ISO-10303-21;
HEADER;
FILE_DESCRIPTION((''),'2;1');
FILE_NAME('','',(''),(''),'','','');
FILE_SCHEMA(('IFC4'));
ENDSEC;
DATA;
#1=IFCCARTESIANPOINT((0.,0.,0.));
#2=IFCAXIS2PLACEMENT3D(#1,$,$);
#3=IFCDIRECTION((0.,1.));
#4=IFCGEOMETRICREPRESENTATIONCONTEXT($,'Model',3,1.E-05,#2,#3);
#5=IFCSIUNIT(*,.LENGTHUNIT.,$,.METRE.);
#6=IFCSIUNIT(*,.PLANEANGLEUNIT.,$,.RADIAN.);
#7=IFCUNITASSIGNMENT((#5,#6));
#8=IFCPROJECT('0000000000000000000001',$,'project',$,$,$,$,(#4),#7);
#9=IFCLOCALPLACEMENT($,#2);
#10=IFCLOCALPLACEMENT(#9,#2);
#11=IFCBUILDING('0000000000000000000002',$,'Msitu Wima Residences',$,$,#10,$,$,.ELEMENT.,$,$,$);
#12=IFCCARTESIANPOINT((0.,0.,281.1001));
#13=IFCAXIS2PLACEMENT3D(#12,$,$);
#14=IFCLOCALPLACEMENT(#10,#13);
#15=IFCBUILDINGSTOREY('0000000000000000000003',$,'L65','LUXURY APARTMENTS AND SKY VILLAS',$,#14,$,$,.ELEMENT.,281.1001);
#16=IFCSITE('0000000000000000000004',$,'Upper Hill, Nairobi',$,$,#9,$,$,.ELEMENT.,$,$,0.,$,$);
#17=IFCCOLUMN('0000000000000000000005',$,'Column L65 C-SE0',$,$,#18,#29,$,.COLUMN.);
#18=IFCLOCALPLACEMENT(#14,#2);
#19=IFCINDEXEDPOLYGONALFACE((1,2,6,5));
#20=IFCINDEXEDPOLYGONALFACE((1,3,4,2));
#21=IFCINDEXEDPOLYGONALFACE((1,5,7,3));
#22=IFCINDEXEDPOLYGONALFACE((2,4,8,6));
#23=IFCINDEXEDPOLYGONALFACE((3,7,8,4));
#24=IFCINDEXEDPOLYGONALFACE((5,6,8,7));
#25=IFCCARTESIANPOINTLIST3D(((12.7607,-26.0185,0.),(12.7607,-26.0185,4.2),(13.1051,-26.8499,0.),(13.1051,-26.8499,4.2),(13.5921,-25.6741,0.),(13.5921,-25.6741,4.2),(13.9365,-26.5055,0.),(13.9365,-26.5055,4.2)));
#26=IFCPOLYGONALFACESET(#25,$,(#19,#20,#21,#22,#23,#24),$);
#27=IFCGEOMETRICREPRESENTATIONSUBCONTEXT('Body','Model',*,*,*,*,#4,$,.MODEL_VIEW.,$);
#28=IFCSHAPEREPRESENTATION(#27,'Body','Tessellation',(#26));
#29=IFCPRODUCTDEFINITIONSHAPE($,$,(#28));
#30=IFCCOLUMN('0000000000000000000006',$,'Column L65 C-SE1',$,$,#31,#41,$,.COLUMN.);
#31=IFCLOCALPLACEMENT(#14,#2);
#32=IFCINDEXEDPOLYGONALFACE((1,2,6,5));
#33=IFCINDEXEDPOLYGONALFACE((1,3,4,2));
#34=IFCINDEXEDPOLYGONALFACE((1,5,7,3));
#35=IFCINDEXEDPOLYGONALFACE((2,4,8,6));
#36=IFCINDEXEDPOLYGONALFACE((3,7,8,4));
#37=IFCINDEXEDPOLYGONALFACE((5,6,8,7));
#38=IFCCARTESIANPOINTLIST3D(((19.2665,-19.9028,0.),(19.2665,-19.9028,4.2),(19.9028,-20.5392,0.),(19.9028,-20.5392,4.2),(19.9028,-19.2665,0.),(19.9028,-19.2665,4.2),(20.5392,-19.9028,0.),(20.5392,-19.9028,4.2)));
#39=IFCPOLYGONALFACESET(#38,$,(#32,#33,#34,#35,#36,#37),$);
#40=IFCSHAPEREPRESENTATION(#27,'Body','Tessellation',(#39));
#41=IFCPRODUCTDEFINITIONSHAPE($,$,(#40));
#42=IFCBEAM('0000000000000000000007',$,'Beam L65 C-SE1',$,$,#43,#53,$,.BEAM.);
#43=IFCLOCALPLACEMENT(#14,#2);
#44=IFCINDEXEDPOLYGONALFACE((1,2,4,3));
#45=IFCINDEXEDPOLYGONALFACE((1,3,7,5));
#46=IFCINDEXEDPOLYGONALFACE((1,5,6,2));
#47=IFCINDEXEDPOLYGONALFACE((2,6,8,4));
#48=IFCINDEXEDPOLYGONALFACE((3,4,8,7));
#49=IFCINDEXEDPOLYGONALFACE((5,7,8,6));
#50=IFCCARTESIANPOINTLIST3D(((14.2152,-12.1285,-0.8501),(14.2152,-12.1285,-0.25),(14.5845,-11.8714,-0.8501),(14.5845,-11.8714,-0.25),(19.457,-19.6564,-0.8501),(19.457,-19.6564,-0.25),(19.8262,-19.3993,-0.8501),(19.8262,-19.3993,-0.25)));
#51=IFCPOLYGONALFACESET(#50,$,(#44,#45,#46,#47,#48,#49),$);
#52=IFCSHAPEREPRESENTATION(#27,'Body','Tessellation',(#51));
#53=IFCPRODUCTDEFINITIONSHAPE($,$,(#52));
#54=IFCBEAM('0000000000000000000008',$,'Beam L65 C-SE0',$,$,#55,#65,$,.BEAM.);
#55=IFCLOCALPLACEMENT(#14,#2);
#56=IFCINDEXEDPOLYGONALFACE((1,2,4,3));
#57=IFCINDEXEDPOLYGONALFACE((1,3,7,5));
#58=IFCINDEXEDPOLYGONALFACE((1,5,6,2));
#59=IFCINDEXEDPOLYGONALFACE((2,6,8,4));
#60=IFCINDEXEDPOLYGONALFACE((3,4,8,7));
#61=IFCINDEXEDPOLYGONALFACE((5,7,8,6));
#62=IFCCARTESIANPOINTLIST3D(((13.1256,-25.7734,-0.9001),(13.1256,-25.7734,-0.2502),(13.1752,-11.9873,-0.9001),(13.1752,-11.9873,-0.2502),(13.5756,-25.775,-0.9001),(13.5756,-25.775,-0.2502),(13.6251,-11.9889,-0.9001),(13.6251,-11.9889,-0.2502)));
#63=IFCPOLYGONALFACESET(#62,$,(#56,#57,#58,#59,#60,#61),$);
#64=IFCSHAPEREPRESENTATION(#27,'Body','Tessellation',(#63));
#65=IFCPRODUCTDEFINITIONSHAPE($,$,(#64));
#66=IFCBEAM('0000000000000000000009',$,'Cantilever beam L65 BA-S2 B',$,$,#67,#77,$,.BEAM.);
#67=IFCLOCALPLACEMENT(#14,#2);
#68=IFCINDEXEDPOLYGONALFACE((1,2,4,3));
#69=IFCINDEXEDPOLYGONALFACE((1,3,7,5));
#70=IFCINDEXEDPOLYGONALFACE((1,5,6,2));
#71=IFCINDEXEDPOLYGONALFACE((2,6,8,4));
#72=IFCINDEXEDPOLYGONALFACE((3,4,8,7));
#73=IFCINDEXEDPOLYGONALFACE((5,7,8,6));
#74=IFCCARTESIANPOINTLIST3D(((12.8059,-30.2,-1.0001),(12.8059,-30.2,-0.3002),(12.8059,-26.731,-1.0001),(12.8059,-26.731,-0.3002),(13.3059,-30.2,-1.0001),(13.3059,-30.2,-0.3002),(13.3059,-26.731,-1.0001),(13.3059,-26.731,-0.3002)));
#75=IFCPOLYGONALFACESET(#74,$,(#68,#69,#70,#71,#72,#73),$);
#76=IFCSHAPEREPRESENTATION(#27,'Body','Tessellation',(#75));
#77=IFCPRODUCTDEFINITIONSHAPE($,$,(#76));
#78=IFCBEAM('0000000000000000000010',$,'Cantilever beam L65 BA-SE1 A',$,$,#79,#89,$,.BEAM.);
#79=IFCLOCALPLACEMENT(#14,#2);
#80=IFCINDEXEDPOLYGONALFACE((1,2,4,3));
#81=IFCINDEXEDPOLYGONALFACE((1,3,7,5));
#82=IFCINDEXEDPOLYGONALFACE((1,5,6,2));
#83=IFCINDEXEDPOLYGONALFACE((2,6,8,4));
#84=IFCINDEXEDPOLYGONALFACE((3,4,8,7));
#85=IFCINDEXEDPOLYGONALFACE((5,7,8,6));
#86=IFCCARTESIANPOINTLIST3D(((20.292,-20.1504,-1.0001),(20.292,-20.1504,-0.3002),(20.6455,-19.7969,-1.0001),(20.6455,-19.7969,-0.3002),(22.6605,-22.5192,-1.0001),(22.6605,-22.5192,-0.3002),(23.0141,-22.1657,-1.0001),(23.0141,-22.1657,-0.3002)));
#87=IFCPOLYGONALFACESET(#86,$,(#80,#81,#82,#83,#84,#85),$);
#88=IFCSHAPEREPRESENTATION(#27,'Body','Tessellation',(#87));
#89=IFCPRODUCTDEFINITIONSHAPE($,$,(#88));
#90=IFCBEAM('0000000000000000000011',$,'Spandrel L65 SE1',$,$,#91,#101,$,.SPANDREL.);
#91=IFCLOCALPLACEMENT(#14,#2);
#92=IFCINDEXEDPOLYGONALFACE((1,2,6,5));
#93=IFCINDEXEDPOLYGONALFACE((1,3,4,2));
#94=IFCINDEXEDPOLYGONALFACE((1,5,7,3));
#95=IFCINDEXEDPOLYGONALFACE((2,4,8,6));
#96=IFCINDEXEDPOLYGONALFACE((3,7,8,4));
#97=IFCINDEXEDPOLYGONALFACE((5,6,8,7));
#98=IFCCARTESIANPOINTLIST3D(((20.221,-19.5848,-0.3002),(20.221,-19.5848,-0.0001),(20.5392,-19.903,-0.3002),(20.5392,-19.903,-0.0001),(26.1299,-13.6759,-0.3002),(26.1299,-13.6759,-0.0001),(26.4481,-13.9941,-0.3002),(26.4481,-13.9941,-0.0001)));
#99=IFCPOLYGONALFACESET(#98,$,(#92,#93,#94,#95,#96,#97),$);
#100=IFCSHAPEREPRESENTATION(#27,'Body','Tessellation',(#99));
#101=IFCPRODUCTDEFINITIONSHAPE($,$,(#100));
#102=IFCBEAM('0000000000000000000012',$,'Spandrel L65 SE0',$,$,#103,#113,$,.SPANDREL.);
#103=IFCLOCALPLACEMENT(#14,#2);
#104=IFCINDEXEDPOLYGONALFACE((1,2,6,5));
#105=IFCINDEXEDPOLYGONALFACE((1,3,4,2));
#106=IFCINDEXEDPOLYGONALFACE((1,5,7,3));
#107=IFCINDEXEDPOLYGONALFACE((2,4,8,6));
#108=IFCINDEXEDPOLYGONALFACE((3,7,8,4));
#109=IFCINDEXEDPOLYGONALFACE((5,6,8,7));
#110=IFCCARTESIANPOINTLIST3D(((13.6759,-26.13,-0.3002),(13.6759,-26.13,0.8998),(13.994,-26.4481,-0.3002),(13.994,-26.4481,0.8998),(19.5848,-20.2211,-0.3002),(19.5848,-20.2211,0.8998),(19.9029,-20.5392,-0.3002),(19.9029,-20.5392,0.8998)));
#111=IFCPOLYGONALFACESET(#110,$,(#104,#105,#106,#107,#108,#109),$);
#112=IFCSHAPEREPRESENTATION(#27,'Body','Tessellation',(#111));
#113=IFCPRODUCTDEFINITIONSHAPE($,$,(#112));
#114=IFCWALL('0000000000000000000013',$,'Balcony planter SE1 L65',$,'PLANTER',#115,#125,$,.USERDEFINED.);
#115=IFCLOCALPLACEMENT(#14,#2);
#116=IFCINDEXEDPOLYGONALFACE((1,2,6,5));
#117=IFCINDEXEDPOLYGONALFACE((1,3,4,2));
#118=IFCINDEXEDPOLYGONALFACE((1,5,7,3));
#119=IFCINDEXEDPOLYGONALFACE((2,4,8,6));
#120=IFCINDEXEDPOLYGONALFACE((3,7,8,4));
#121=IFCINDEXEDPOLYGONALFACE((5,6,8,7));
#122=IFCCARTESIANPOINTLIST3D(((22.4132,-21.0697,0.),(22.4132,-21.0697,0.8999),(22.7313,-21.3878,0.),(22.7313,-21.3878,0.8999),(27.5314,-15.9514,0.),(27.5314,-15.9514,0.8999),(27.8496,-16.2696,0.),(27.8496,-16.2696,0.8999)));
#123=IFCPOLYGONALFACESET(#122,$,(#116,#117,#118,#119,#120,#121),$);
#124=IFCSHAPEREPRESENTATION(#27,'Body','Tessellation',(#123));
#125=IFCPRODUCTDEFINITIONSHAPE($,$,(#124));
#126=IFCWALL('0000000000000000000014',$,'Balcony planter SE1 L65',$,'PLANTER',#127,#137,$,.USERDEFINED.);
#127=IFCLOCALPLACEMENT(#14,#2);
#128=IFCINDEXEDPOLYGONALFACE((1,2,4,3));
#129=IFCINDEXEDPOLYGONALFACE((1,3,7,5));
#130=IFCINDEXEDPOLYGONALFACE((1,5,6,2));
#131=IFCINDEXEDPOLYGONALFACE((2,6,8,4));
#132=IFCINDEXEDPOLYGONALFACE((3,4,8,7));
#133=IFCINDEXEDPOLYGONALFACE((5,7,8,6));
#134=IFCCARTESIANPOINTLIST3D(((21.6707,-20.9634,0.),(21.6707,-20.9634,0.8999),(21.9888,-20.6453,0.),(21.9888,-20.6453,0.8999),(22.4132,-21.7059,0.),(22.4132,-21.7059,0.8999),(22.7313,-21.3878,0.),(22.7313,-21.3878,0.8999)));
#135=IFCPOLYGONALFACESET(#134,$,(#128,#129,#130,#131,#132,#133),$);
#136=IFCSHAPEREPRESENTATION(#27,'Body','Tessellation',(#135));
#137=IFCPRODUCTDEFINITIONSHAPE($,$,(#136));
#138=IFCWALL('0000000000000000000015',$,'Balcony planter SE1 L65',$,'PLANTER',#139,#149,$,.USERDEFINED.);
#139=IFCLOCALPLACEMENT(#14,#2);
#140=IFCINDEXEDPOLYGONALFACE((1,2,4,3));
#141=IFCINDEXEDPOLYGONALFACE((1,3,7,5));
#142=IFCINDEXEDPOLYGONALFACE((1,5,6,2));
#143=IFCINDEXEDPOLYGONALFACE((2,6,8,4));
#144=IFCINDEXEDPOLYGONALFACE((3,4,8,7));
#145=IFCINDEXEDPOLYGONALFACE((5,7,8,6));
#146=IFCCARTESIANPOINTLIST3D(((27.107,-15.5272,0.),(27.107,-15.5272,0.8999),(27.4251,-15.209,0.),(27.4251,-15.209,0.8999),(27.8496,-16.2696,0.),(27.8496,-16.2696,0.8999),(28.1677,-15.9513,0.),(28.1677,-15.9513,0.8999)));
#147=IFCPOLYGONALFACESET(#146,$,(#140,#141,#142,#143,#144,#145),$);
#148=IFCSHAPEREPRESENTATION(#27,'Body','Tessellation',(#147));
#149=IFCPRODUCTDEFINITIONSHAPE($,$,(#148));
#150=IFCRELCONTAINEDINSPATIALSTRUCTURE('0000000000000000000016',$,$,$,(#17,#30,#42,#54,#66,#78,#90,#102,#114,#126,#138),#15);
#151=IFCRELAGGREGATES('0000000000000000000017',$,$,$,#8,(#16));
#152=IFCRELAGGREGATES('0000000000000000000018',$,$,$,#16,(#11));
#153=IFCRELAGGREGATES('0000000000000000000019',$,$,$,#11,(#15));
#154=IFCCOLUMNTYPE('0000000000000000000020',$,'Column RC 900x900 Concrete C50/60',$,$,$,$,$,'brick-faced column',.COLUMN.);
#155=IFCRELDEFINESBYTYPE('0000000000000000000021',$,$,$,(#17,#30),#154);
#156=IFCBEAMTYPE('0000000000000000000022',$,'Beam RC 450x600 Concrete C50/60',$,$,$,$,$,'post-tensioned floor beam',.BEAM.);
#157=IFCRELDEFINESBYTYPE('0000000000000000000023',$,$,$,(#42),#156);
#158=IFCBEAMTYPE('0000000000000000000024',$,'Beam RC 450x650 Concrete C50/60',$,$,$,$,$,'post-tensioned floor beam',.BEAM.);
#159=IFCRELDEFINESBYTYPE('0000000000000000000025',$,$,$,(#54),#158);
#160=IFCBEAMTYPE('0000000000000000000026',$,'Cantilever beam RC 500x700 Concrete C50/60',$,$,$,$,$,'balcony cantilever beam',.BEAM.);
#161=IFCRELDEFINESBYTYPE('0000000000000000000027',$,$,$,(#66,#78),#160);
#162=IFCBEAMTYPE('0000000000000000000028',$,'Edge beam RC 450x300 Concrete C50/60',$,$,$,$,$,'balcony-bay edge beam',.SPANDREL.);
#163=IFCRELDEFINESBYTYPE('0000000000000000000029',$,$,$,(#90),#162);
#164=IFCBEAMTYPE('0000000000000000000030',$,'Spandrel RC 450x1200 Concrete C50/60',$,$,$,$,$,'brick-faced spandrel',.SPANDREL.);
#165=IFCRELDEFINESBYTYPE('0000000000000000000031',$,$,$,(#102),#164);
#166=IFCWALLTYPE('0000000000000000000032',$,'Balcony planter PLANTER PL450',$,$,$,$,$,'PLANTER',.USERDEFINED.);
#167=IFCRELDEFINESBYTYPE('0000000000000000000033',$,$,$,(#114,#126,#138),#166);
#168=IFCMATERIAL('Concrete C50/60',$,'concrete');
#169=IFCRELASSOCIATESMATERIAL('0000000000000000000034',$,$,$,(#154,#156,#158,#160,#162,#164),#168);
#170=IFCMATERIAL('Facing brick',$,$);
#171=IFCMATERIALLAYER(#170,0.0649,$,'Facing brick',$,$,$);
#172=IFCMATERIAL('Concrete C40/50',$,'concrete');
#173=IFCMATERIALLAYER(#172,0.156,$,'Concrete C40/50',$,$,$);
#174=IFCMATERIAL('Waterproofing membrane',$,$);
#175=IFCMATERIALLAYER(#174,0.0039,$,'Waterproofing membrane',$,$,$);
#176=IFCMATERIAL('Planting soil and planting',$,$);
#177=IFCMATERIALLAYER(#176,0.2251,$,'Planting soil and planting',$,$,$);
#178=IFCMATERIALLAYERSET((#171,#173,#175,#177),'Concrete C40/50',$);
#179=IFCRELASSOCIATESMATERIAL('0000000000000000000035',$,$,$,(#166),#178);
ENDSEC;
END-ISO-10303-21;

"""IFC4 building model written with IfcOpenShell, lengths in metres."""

from ifc_helpers import new_model, si_unit, direction, frame, frame_2d, origin, origin_2d, place, context, subcontext, project, spatial, rectangle, extrude, material, layer, layer_set, material_profile, profile_set, type_object, element, save


model = new_model("IFC4")

# Units and contexts
model_context = context("Model", 3, precision=1e-05, world=origin(), true_north=direction((0.0, 1.0)))
body_context = subcontext(model_context, "Body", "Model", "MODEL_VIEW")
ifc_project = project(units=[si_unit("LENGTHUNIT", "METRE"), si_unit("PLANEANGLEUNIT", "RADIAN")], contexts=[model_context])

# Site, building, storey
site_placement = place(None, origin())
site = spatial("IfcSite", under=ifc_project, at=site_placement, Name="Upper Hill, Nairobi", CompositionType="ELEMENT", RefElevation=0.0)
building_placement = place(site_placement, origin())
building = spatial("IfcBuilding", under=site, at=building_placement, Name="Msitu Wima Residences", CompositionType="ELEMENT")
storey_placement = place(building_placement, frame((0.0, 0.0, 281.1001)))
storey = spatial("IfcBuildingStorey", under=building, at=storey_placement, Name="L65", Description="LUXURY APARTMENTS AND SKY VILLAS", CompositionType="ELEMENT", Elevation=281.1001)

# Columns
ifc_material_1 = material(Name="Concrete C50/60", Category="concrete")
ifc_material_profile_1 = material_profile(ifc_material_1, rectangle(XDim=0.8999, YDim=0.8999, at=origin_2d()), Name="RC 900x900")
ifc_profile_set_1 = profile_set([ifc_material_profile_1], Name="Concrete C50/60")
column_type = type_object("IfcColumnType", Name="Column RC 900x900 Concrete C50/60", ElementType="brick-faced column", PredefinedType="COLUMN", material=ifc_profile_set_1)
for number, where, z_axis, x_axis, name in (
    (1, (13.3486, -26.262, 0.0), (0.0, 0.0, 1.0), (0.92388, 0.382683, 0.0), "Column L65 C-SE0"),
    (2, (19.9028, -19.9028, 0.0), (0.0, 0.0, 1.0), (0.707107, 0.707107, 0.0), "Column L65 C-SE1"),
):
    element("IfcColumn", number, at=place(storey_placement, frame(where, z_axis=z_axis, x_axis=x_axis)), inside=storey, type_object=column_type, Name=name, PredefinedType="COLUMN", context=body_context, shape_type="SweptSolid", body=[
        extrude(rectangle(XDim=0.8999, YDim=0.8999, at=origin_2d()), origin(), (0.0, 0.0, 1.0), 4.2),
    ])

# Beams
ifc_material_profile_2 = material_profile(ifc_material_1, rectangle(XDim=0.45, YDim=0.6001, at=origin_2d()), Name="RC 450x600")
ifc_profile_set_2 = profile_set([ifc_material_profile_2], Name="Concrete C50/60")
beam_type_1 = type_object("IfcBeamType", Name="Beam RC 450x600 Concrete C50/60", ElementType="post-tensioned floor beam", PredefinedType="BEAM", material=ifc_profile_set_2)
beam_1_placement = place(storey_placement, frame((19.6416, -19.5278, -0.55), z_axis=(-0.571428, 0.820652, 0.0), x_axis=(-0.820652, -0.571428, 0.0)))
element("IfcBeam", 3, at=beam_1_placement, inside=storey, type_object=beam_type_1, Name="Beam L65 C-SE1", PredefinedType="BEAM", context=body_context, shape_type="SweptSolid", body=[
    extrude(rectangle(XDim=0.45, YDim=0.6001, at=origin_2d()), origin(), (0.0, 0.0, 1.0), 9.1731),
])
ifc_material_profile_3 = material_profile(ifc_material_1, rectangle(XDim=0.45, YDim=0.6499, at=origin_2d()), Name="RC 450x650")
ifc_profile_set_3 = profile_set([ifc_material_profile_3], Name="Concrete C50/60")
beam_type_2 = type_object("IfcBeamType", Name="Beam RC 450x650 Concrete C50/60", ElementType="post-tensioned floor beam", PredefinedType="BEAM", material=ifc_profile_set_3)
beam_2_placement = place(storey_placement, frame((13.3506, -25.7742, -0.5752), z_axis=(0.003595, 0.999994, 0.0), x_axis=(-0.999994, 0.003595, 0.0)))
element("IfcBeam", 4, at=beam_2_placement, inside=storey, type_object=beam_type_2, Name="Beam L65 C-SE0", PredefinedType="BEAM", context=body_context, shape_type="SweptSolid", body=[
    extrude(rectangle(XDim=0.45, YDim=0.6499, at=origin_2d()), origin(), (0.0, 0.0, 1.0), 13.7861),
])
ifc_material_profile_4 = material_profile(ifc_material_1, rectangle(XDim=0.5, YDim=0.7, at=origin_2d()), Name="RC 500x700")
ifc_profile_set_4 = profile_set([ifc_material_profile_4], Name="Concrete C50/60")
beam_type_3 = type_object("IfcBeamType", Name="Cantilever beam RC 500x700 Concrete C50/60", ElementType="balcony cantilever beam", PredefinedType="BEAM", material=ifc_profile_set_4)
beam_3_placement = place(storey_placement, frame((13.0559, -26.731, -0.6501), z_axis=(0.0, -1.0, 0.0), x_axis=(1.0, 0.0, 0.0)))
element("IfcBeam", 5, at=beam_3_placement, inside=storey, type_object=beam_type_3, Name="Cantilever beam L65 BA-S2 B", PredefinedType="BEAM", context=body_context, shape_type="SweptSolid", body=[
    extrude(rectangle(XDim=0.5, YDim=0.7, at=origin_2d()), origin(), (0.0, 0.0, 1.0), 3.469),
])
beam_4_placement = place(storey_placement, frame((20.4688, -19.9736, -0.6501), z_axis=(0.70707, -0.707143, 0.0), x_axis=(0.707143, 0.70707, 0.0)))
element("IfcBeam", 6, at=beam_4_placement, inside=storey, type_object=beam_type_3, Name="Cantilever beam L65 BA-SE1 A", PredefinedType="BEAM", context=body_context, shape_type="SweptSolid", body=[
    extrude(rectangle(XDim=0.5, YDim=0.7, at=origin_2d()), origin(), (0.0, 0.0, 1.0), 3.3499),
])
ifc_material_profile_5 = material_profile(ifc_material_1, rectangle(XDim=0.45, YDim=0.3, at=origin_2d()), Name="RC 450x300")
ifc_profile_set_5 = profile_set([ifc_material_profile_5], Name="Concrete C50/60")
beam_type_4 = type_object("IfcBeamType", Name="Edge beam RC 450x300 Concrete C50/60", ElementType="balcony-bay edge beam", PredefinedType="SPANDREL", material=ifc_profile_set_5)
beam_5_placement = place(storey_placement, frame((20.3801, -19.7439, -0.1501), z_axis=(0.707107, 0.707107, 0.0), x_axis=(-0.707107, 0.707107, 0.0)))
element("IfcBeam", 7, at=beam_5_placement, inside=storey, type_object=beam_type_4, Name="Spandrel L65 SE1", PredefinedType="SPANDREL", context=body_context, shape_type="SweptSolid", body=[
    extrude(rectangle(XDim=0.45, YDim=0.3, at=origin_2d()), origin(), (0.0, 0.0, 1.0), 8.3564),
])
ifc_material_profile_6 = material_profile(ifc_material_1, rectangle(XDim=0.45, YDim=1.2, at=origin_2d()), Name="RC 450x1200")
ifc_profile_set_6 = profile_set([ifc_material_profile_6], Name="Concrete C50/60")
beam_type_5 = type_object("IfcBeamType", Name="Spandrel RC 450x1200 Concrete C50/60", ElementType="brick-faced spandrel", PredefinedType="SPANDREL", material=ifc_profile_set_6)
beam_6_placement = place(storey_placement, frame((13.835, -26.2891, 0.2998), z_axis=(0.707107, 0.707107, 0.0), x_axis=(-0.707107, 0.707107, 0.0)))
element("IfcBeam", 8, at=beam_6_placement, inside=storey, type_object=beam_type_5, Name="Spandrel L65 SE0", PredefinedType="SPANDREL", context=body_context, shape_type="SweptSolid", body=[
    extrude(rectangle(XDim=0.45, YDim=1.2, at=origin_2d()), origin(), (0.0, 0.0, 1.0), 8.3564),
])

# Walls
ifc_material_2 = material(Name="Facing brick")
ifc_layer_1 = layer(ifc_material_2, 0.0649, Name="Facing brick")
ifc_material_3 = material(Name="Concrete C40/50", Category="concrete")
ifc_layer_2 = layer(ifc_material_3, 0.156, Name="Concrete C40/50")
ifc_material_4 = material(Name="Waterproofing membrane")
ifc_layer_3 = layer(ifc_material_4, 0.0039, Name="Waterproofing membrane")
ifc_material_5 = material(Name="Planting soil and planting")
ifc_layer_4 = layer(ifc_material_5, 0.2251, Name="Planting soil and planting")
ifc_layer_set_1 = layer_set([ifc_layer_1, ifc_layer_2, ifc_layer_3, ifc_layer_4], Name="Concrete C40/50")
wall_type_1 = type_object("IfcWallType", Name="Balcony planter PLANTER PL450", ElementType="PLANTER", PredefinedType="USERDEFINED", material=ifc_layer_set_1)
wall_1_placement = place(storey_placement, frame((22.5723, -21.2288, 0.0), z_axis=(0.0, 0.0, 1.0), x_axis=(0.707107, 0.707107, 0.0)))
element("IfcWall", 9, at=wall_1_placement, inside=storey, type_object=wall_type_1, Name="Balcony planter SE1 L65", ObjectType="PLANTER", PredefinedType="USERDEFINED", context=body_context, shape_type="SweptSolid", body=[
    extrude(rectangle(XDim=7.2383, YDim=0.45, at=frame_2d((3.6191, 0.0))), origin(), (0.0, 0.0, 1.0), 0.8999),
])
for number, where, z_axis, x_axis, name in (
    (10, (21.8298, -20.8044, 0.0), (0.0, 0.0, 1.0), (0.707107, -0.707107, 0.0), "Balcony planter SE1 L65"),
    (11, (27.2661, -15.3682, 0.0), (0.0, 0.0, 1.0), (0.707223, -0.706991, 0.0), "Balcony planter SE1 L65"),
):
    element("IfcWall", number, at=place(storey_placement, frame(where, z_axis=z_axis, x_axis=x_axis)), inside=storey, type_object=wall_type_1, Name=name, ObjectType="PLANTER", PredefinedType="USERDEFINED", context=body_context, shape_type="SweptSolid", body=[
        extrude(rectangle(XDim=1.05, YDim=0.45, at=frame_2d((0.5249, 0.0))), origin(), (0.0, 0.0, 1.0), 0.8999),
    ])

save(model, "model.ifc")
